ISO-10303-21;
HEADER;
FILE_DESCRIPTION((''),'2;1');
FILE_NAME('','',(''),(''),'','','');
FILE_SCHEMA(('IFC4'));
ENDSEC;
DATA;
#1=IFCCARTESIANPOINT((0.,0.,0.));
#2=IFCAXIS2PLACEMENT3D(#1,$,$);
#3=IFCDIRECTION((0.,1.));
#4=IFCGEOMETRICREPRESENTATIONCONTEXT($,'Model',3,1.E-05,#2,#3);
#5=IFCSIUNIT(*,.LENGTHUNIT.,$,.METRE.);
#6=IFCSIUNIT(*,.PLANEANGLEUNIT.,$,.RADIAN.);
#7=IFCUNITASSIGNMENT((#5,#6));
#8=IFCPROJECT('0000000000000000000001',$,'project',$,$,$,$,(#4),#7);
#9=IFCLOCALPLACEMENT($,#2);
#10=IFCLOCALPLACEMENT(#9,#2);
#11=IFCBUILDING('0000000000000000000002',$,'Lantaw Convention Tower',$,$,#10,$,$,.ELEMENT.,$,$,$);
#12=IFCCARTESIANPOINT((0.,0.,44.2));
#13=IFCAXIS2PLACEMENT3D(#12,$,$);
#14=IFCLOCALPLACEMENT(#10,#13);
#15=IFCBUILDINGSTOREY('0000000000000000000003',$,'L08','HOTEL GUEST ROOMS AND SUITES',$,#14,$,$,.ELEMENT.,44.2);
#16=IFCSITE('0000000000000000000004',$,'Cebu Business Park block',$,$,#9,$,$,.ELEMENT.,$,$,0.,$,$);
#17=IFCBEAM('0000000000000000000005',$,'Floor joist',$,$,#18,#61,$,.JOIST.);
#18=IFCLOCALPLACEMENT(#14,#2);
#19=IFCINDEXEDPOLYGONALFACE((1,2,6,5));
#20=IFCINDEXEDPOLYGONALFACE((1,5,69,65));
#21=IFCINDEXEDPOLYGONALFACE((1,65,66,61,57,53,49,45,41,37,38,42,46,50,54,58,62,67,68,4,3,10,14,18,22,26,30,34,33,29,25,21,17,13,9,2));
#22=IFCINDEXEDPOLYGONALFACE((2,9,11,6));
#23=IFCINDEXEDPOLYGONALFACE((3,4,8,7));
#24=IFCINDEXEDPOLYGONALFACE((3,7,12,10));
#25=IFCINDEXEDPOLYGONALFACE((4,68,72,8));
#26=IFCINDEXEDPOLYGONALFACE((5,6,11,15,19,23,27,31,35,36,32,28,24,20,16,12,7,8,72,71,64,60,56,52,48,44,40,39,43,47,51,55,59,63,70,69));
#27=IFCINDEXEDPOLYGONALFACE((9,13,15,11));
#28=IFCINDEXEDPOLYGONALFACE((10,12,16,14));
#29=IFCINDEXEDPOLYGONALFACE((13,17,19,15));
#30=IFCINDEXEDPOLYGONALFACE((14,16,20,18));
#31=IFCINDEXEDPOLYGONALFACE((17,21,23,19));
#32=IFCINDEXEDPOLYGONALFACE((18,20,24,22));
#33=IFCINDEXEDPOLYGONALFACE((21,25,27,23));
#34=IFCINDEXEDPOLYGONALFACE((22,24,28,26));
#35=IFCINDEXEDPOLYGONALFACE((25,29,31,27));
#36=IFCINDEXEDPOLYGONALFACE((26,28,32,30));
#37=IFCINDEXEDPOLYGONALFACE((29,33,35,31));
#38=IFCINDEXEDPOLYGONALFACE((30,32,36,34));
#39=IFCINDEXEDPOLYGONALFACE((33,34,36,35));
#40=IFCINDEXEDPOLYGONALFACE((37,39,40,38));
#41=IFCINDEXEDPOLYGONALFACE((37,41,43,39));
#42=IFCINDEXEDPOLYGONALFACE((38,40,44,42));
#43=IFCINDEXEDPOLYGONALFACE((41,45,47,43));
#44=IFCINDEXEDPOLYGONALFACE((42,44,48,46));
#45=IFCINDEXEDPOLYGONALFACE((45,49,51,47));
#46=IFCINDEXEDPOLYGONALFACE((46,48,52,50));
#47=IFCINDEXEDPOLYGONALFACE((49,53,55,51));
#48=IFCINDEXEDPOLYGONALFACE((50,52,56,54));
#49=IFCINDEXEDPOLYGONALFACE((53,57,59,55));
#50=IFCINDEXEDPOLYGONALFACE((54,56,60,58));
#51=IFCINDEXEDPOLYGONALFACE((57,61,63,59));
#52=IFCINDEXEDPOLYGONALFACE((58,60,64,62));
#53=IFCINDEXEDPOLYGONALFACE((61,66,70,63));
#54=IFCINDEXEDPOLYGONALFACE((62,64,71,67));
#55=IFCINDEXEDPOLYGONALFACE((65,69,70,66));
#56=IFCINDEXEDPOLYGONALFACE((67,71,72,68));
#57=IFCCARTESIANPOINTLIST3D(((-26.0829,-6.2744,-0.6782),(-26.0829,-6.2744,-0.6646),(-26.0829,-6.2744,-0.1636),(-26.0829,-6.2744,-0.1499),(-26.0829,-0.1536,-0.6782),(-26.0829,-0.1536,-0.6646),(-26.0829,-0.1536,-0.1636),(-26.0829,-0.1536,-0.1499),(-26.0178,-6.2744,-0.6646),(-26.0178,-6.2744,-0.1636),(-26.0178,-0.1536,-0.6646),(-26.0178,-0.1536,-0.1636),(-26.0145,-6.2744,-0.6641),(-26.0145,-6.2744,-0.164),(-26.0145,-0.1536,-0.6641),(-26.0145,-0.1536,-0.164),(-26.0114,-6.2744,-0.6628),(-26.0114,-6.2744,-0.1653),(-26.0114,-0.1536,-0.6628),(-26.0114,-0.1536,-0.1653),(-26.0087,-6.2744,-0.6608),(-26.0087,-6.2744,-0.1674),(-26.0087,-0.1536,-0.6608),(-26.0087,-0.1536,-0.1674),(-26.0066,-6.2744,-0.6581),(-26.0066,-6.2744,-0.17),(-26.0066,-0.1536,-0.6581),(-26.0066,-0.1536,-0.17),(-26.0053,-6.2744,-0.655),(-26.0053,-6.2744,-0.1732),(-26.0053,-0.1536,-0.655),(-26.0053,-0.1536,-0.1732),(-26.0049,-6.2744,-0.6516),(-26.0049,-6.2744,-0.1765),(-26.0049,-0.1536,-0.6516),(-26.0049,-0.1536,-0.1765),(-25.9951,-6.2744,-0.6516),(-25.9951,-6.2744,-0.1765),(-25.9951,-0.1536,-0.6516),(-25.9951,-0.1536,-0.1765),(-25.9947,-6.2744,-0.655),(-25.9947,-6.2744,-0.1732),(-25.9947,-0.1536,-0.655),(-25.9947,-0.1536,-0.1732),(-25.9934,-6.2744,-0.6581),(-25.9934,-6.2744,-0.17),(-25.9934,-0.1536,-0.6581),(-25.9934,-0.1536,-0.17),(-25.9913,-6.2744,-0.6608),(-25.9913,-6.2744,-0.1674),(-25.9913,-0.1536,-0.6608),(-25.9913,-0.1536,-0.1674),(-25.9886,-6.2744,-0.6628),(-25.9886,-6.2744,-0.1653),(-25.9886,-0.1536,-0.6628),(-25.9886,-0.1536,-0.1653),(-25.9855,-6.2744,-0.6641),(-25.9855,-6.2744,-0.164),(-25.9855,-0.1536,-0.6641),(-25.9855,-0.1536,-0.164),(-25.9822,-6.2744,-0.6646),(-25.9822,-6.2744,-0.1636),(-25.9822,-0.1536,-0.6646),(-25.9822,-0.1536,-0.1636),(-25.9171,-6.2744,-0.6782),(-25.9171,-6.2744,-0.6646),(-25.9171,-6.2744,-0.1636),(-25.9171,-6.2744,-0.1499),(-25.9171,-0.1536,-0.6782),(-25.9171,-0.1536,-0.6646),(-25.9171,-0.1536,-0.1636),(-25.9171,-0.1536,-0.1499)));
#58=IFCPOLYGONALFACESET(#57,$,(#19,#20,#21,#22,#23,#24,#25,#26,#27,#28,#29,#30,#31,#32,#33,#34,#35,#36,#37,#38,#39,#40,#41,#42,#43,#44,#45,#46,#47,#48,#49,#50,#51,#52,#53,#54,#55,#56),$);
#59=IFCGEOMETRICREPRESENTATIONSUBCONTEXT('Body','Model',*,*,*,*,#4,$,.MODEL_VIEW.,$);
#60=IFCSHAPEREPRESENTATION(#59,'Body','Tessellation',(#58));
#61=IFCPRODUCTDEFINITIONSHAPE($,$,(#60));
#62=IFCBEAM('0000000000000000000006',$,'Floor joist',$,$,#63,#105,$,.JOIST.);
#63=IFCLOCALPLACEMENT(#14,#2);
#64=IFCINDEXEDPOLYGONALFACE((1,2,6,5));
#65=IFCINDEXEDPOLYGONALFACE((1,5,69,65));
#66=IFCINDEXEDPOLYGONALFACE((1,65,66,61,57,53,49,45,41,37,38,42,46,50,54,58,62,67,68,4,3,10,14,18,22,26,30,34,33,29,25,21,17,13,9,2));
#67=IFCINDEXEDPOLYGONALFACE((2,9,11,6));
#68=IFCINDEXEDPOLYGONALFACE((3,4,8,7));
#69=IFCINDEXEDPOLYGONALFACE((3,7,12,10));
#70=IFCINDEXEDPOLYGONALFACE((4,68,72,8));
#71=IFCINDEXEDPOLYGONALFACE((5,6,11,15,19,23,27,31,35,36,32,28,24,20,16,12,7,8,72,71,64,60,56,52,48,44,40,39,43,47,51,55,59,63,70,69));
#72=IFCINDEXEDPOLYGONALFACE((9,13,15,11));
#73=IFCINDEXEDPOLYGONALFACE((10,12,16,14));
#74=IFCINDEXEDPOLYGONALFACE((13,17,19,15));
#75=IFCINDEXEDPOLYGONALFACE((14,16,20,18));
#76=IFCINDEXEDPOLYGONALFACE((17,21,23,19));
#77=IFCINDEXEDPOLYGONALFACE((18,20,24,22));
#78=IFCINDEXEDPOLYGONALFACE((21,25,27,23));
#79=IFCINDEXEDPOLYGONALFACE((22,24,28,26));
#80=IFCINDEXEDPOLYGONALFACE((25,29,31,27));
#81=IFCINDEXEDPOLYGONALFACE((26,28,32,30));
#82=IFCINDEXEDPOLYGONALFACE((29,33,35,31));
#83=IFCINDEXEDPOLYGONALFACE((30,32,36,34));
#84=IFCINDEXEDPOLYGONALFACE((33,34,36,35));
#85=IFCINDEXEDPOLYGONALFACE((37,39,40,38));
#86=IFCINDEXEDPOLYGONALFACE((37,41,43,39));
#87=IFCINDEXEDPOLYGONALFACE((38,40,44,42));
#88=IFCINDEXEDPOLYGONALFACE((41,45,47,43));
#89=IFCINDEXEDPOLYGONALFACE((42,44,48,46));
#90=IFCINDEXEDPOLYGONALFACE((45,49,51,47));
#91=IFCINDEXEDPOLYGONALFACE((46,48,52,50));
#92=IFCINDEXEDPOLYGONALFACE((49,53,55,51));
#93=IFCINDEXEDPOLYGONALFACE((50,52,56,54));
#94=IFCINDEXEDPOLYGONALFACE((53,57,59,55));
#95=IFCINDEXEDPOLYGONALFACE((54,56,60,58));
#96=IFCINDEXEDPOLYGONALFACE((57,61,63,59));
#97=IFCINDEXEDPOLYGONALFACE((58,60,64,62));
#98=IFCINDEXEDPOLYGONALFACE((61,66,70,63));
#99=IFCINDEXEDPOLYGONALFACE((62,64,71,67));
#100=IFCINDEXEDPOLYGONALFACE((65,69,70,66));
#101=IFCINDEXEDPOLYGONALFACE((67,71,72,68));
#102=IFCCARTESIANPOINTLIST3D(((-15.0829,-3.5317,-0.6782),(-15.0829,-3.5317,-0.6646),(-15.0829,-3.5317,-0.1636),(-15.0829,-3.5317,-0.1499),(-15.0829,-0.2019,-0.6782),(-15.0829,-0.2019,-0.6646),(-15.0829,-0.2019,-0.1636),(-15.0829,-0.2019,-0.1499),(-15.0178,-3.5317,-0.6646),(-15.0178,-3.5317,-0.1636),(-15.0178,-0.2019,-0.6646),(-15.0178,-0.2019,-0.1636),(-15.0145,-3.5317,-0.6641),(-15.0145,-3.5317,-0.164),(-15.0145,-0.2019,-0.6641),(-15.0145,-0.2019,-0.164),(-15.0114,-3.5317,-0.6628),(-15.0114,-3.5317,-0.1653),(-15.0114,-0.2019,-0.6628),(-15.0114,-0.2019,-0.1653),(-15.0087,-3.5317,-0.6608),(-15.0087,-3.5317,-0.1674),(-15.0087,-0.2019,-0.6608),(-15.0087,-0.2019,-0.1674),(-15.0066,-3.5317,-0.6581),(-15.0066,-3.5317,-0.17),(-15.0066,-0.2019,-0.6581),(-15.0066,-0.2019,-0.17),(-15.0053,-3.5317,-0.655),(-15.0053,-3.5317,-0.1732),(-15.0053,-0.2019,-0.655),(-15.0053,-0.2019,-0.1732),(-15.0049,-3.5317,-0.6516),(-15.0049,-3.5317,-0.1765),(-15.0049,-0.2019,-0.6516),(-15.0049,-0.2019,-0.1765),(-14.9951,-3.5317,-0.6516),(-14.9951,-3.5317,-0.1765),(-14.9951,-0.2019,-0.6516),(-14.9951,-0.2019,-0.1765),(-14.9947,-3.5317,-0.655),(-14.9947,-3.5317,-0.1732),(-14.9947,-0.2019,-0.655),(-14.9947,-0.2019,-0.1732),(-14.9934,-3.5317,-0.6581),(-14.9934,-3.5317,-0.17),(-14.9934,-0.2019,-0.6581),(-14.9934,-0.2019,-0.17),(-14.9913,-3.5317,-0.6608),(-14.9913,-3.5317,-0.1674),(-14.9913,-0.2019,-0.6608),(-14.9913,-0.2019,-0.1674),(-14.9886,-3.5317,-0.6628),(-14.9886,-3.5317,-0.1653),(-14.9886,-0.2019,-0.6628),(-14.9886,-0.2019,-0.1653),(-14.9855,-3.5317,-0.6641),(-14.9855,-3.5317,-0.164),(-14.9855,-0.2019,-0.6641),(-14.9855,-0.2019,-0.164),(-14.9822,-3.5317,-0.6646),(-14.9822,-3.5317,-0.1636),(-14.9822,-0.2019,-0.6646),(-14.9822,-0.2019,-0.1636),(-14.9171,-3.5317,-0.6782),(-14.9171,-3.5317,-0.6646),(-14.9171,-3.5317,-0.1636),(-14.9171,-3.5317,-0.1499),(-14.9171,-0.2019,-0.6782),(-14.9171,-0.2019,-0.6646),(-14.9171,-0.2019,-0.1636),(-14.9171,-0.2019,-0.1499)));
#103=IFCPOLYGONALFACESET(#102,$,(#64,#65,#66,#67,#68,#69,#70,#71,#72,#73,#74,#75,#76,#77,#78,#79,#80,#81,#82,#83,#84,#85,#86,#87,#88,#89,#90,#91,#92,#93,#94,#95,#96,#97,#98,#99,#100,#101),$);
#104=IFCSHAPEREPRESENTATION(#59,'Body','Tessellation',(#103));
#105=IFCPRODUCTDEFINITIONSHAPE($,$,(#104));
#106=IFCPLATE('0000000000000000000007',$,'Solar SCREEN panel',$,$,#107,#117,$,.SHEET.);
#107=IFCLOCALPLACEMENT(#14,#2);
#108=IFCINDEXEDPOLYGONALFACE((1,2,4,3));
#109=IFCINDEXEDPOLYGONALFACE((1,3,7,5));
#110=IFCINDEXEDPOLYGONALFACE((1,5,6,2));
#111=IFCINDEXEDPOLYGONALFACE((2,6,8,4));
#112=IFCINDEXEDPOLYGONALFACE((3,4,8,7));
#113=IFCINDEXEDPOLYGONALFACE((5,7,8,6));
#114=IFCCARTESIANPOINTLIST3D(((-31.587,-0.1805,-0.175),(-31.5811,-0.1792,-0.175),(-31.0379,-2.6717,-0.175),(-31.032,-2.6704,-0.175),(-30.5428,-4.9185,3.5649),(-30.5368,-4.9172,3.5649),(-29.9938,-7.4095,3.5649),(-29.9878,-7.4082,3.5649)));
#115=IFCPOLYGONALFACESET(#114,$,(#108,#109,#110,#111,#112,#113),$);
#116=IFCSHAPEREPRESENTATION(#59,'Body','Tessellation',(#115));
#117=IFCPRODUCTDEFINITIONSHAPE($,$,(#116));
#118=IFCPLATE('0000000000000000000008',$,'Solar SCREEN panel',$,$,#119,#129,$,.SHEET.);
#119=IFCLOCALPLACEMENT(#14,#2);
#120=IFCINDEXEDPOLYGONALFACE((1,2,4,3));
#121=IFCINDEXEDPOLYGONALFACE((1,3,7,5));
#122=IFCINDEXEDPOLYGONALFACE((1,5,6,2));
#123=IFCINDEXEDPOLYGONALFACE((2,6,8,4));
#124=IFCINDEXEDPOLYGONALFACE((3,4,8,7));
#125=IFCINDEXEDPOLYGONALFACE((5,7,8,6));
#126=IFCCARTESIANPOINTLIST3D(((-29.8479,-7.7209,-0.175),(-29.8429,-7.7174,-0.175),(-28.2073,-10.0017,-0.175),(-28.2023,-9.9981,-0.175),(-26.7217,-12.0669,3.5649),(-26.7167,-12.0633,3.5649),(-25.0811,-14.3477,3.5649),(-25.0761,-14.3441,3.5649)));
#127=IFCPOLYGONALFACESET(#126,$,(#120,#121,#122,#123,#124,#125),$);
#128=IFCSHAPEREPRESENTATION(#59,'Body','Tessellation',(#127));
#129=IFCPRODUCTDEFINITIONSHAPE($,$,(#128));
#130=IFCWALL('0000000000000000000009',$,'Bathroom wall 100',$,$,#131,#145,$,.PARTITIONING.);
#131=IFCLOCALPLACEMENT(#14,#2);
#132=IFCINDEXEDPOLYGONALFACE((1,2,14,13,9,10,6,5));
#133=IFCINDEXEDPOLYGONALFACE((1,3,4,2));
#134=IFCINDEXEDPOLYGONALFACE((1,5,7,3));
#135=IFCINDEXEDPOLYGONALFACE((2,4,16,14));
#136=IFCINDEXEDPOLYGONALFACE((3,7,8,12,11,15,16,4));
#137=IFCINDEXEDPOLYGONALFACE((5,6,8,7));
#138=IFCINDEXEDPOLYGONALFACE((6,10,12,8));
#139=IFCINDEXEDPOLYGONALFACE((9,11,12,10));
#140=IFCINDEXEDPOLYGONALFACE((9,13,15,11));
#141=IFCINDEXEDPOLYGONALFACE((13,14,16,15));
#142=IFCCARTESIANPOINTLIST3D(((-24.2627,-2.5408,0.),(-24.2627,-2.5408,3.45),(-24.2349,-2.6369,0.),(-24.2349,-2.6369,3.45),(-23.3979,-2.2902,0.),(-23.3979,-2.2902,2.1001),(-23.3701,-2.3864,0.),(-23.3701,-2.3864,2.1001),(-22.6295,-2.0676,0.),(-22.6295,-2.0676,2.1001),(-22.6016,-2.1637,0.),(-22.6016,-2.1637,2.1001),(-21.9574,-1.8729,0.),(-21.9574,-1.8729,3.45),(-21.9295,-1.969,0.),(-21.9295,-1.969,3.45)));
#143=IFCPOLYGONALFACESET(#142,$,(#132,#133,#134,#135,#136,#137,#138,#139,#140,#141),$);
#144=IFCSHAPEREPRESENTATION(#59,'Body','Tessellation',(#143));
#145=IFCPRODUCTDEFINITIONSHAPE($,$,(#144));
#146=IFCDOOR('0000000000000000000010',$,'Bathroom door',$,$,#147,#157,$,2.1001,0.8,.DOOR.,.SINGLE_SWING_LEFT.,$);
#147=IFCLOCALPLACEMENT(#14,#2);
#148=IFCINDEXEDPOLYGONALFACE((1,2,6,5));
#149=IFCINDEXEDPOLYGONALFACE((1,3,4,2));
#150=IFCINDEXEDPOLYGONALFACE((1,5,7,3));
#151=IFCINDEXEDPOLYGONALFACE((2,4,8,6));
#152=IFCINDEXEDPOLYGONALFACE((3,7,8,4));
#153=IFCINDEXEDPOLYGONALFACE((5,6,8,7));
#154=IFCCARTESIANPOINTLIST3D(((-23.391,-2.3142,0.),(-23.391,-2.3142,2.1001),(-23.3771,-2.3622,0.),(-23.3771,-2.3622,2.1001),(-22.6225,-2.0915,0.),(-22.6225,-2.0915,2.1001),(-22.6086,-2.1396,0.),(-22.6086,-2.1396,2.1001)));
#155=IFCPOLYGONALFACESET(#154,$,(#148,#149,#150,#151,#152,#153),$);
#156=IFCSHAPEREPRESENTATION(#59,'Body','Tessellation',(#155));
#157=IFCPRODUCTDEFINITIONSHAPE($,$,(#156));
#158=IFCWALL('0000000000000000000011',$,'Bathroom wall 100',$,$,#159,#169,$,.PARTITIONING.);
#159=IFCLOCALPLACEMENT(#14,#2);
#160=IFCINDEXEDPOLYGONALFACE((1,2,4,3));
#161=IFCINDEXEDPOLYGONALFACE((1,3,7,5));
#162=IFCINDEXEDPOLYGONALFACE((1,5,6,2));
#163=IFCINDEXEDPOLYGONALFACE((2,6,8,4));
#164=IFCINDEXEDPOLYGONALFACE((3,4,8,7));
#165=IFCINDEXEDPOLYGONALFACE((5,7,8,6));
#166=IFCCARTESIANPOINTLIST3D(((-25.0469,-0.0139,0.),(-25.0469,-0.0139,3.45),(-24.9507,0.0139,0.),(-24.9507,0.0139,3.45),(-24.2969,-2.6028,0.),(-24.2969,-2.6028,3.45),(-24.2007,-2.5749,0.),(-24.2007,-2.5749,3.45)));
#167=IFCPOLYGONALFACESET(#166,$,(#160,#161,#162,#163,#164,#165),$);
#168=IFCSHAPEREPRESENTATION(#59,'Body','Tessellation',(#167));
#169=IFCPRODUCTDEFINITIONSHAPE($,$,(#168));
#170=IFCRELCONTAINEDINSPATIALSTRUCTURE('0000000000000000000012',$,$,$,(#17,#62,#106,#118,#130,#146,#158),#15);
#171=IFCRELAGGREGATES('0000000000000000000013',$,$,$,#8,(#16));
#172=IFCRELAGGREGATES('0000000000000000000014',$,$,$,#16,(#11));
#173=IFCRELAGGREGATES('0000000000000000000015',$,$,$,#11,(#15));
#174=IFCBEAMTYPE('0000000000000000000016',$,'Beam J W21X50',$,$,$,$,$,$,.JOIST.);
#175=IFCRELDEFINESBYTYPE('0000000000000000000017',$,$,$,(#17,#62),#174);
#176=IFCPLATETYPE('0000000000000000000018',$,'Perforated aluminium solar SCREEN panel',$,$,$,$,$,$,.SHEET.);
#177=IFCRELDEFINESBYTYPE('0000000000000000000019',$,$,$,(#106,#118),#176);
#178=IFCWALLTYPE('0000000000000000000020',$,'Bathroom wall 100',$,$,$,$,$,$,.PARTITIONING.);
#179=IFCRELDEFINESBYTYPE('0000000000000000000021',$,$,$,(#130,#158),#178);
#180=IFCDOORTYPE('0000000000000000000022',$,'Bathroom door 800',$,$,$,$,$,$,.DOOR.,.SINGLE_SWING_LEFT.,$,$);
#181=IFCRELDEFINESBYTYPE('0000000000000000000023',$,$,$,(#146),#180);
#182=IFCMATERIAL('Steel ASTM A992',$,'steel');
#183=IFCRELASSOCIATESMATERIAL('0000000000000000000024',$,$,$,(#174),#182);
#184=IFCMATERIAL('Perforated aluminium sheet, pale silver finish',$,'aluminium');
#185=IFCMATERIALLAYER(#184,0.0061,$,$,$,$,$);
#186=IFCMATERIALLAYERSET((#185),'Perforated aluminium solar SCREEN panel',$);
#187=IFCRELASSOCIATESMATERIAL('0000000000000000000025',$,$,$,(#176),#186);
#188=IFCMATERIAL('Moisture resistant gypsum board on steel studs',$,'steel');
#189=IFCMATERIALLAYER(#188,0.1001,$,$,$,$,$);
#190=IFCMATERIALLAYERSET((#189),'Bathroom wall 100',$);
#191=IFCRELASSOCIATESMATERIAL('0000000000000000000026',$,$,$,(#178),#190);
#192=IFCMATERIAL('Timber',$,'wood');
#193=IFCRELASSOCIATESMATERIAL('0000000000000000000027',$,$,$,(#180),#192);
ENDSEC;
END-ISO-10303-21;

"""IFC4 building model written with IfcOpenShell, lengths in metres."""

from ifc_helpers import new_model, si_unit, direction, frame, frame_2d, origin, origin_2d, place, context, subcontext, project, spatial, polyline, rectangle, i_section, outline, extrude, material, layer, layer_set, material_profile, profile_set, type_object, element, fill, save


model = new_model("IFC4")

# Units and contexts
model_context = context("Model", 3, precision=1e-05, world=origin(), true_north=direction((0.0, 1.0)))
body_context = subcontext(model_context, "Body", "Model", "MODEL_VIEW")
ifc_project = project(units=[si_unit("LENGTHUNIT", "METRE"), si_unit("PLANEANGLEUNIT", "RADIAN")], contexts=[model_context])

# Site, building, storey
site_placement = place(None, origin())
site = spatial("IfcSite", under=ifc_project, at=site_placement, Name="Cebu Business Park block", CompositionType="ELEMENT", RefElevation=0.0)
building_placement = place(site_placement, origin())
building = spatial("IfcBuilding", under=site, at=building_placement, Name="Lantaw Convention Tower", CompositionType="ELEMENT")
storey_placement = place(building_placement, frame((0.0, 0.0, 44.2)))
storey = spatial("IfcBuildingStorey", under=building, at=storey_placement, Name="L08", Description="HOTEL GUEST ROOMS AND SUITES", CompositionType="ELEMENT", Elevation=44.2)

# Beams
ifc_material_1 = material(Name="Steel ASTM A992", Category="steel")
ifc_material_profile_1 = material_profile(ifc_material_1, i_section(OverallWidth=0.1658, OverallDepth=0.5283, WebThickness=0.0098, FlangeThickness=0.0137, FilletRadius=0.0129, at=origin_2d()), Name="W21X50")
ifc_profile_set_1 = profile_set([ifc_material_profile_1], Name="Steel ASTM A992")
beam_type_1 = type_object("IfcBeamType", Name="Beam J W21X50", PredefinedType="JOIST", material=ifc_profile_set_1)
beam_1_placement = place(storey_placement, frame((-26.0, -6.2744, -0.4141), z_axis=(0.0, 1.0, 0.0), x_axis=(-1.0, 0.0, 0.0)))
element("IfcBeam", 1, at=beam_1_placement, inside=storey, type_object=beam_type_1, Name="Floor joist", PredefinedType="JOIST", context=body_context, shape_type="SweptSolid", body=[
    extrude(i_section(OverallWidth=0.1658, OverallDepth=0.5283, WebThickness=0.0098, FlangeThickness=0.0137, FilletRadius=0.0129, at=origin_2d()), origin(), (0.0, 0.0, 1.0), 6.1208),
])
beam_2_placement = place(storey_placement, frame((-15.0, -3.5317, -0.4141), z_axis=(0.0, 1.0, 0.0), x_axis=(-1.0, 0.0, 0.0)))
element("IfcBeam", 2, at=beam_2_placement, inside=storey, type_object=beam_type_1, Name="Floor joist", PredefinedType="JOIST", context=body_context, shape_type="SweptSolid", body=[
    extrude(i_section(OverallWidth=0.1658, OverallDepth=0.5283, WebThickness=0.0098, FlangeThickness=0.0137, FilletRadius=0.0129, at=origin_2d()), origin(), (0.0, 0.0, 1.0), 3.3298),
])

# Plates
ifc_material_2 = material(Name="Perforated aluminium sheet, pale silver finish", Category="aluminium")
ifc_layer_1 = layer(ifc_material_2, 0.0061)
ifc_layer_set_1 = layer_set([ifc_layer_1], Name="Perforated aluminium solar SCREEN panel")
plate_type = type_object("IfcPlateType", Name="Perforated aluminium solar SCREEN panel", PredefinedType="SHEET", material=ifc_layer_set_1)
plate_1_placement = place(storey_placement, frame((-31.5811, -0.1792, -0.175), z_axis=(0.976559, 0.215248, 0.00003), x_axis=(0.215248, -0.976559, 0.0)))
element("IfcPlate", 3, at=plate_1_placement, inside=storey, type_object=plate_type, Name="Solar SCREEN panel", PredefinedType="SHEET", context=body_context, shape_type="SweptSolid", body=[
    extrude(outline(polyline([(0.0, 0.0), (2.551, 0.0), (7.4025, -3.74), (4.8517, -3.74), (0.0, 0.0)])), origin(), (0.0, 0.0, -1.0), 0.0061),
])
plate_2_placement = place(storey_placement, frame((-29.8479, -7.7209, -0.175), z_axis=(-0.811791, -0.583948, 0.000009), x_axis=(0.583948, -0.811791, 0.0)))
element("IfcPlate", 4, at=plate_2_placement, inside=storey, type_object=plate_type, Name="Solar SCREEN panel", PredefinedType="SHEET", context=body_context, shape_type="SweptSolid", body=[
    extrude(outline(polyline([(0.0, 0.0), (2.8095, 0.0), (8.1631, 3.74), (5.3536, 3.74), (0.0, 0.0)])), origin(), (0.0, 0.0, -1.0), 0.0061),
])

# Wall, opening, door
ifc_material_3 = material(Name="Moisture resistant gypsum board on steel studs", Category="steel")
ifc_layer_2 = layer(ifc_material_3, 0.1001)
ifc_layer_set_2 = layer_set([ifc_layer_2], Name="Bathroom wall 100")
wall_type_1 = type_object("IfcWallType", Name="Bathroom wall 100", PredefinedType="PARTITIONING", material=ifc_layer_set_2)
wall_1_placement = place(storey_placement, frame((-21.9434, -1.9209, 0.0), z_axis=(0.0, 0.0, 1.0), x_axis=(-0.960496, -0.278293, 0.0)))
wall_1 = element("IfcWall", 5, at=wall_1_placement, inside=storey, type_object=wall_type_1, Name="Bathroom wall 100", PredefinedType="PARTITIONING", context=body_context, shape_type="SweptSolid", body=[
    extrude(rectangle(XDim=2.4001, YDim=0.1001, at=frame_2d((1.2002, 0.0))), origin(), (0.0, 0.0, 1.0), 3.45),
])
opening_1_placement = place(wall_1_placement, frame((0.7, 0.0, 0.0)))
opening_1 = element("IfcOpeningElement", 6, at=opening_1_placement, cuts=wall_1, PredefinedType="OPENING", context=body_context, shape_type="SweptSolid", body=[
    extrude(rectangle(XDim=0.8, YDim=2.1001, at=frame_2d((0.3999, 1.05))), frame((0.0, 0.0601, 0.0), z_axis=(0.0, -1.0, 0.0), x_axis=(1.0, 0.0, 0.0)), (0.0, 0.0, 1.0), 0.1201),
])
ifc_material_4 = material(Name="Timber", Category="wood")
door_type_1 = type_object("IfcDoorType", Name="Bathroom door 800", OperationType="SINGLE_SWING_LEFT", PredefinedType="DOOR", material=ifc_material_4)
door_1_placement = place(opening_1_placement, origin())
door_1 = element("IfcDoor", 7, at=door_1_placement, inside=storey, type_object=door_type_1, Name="Bathroom door", OperationType="SINGLE_SWING_LEFT", OverallHeight=2.1001, OverallWidth=0.8, PredefinedType="DOOR", context=body_context, shape_type="SweptSolid", body=[
    extrude(rectangle(XDim=0.8, YDim=2.1001, at=frame_2d((0.3999, 1.05))), frame((0.0, 0.0249, 0.0), z_axis=(0.0, -1.0, 0.0), x_axis=(1.0, 0.0, 0.0)), (0.0, 0.0, 1.0), 0.05),
])
fill(opening_1, door_1)

# Wall
wall_2_placement = place(storey_placement, frame((-24.2488, -2.5889, 0.0), z_axis=(0.0, 0.0, 1.0), x_axis=(-0.27826, 0.960506, 0.0)))
element("IfcWall", 8, at=wall_2_placement, inside=storey, type_object=wall_type_1, Name="Bathroom wall 100", PredefinedType="PARTITIONING", context=body_context, shape_type="SweptSolid", body=[
    extrude(rectangle(XDim=2.6953, YDim=0.1001, at=frame_2d((1.3477, 0.0))), origin(), (0.0, 0.0, 1.0), 3.45),
])

save(model, "model.ifc")
